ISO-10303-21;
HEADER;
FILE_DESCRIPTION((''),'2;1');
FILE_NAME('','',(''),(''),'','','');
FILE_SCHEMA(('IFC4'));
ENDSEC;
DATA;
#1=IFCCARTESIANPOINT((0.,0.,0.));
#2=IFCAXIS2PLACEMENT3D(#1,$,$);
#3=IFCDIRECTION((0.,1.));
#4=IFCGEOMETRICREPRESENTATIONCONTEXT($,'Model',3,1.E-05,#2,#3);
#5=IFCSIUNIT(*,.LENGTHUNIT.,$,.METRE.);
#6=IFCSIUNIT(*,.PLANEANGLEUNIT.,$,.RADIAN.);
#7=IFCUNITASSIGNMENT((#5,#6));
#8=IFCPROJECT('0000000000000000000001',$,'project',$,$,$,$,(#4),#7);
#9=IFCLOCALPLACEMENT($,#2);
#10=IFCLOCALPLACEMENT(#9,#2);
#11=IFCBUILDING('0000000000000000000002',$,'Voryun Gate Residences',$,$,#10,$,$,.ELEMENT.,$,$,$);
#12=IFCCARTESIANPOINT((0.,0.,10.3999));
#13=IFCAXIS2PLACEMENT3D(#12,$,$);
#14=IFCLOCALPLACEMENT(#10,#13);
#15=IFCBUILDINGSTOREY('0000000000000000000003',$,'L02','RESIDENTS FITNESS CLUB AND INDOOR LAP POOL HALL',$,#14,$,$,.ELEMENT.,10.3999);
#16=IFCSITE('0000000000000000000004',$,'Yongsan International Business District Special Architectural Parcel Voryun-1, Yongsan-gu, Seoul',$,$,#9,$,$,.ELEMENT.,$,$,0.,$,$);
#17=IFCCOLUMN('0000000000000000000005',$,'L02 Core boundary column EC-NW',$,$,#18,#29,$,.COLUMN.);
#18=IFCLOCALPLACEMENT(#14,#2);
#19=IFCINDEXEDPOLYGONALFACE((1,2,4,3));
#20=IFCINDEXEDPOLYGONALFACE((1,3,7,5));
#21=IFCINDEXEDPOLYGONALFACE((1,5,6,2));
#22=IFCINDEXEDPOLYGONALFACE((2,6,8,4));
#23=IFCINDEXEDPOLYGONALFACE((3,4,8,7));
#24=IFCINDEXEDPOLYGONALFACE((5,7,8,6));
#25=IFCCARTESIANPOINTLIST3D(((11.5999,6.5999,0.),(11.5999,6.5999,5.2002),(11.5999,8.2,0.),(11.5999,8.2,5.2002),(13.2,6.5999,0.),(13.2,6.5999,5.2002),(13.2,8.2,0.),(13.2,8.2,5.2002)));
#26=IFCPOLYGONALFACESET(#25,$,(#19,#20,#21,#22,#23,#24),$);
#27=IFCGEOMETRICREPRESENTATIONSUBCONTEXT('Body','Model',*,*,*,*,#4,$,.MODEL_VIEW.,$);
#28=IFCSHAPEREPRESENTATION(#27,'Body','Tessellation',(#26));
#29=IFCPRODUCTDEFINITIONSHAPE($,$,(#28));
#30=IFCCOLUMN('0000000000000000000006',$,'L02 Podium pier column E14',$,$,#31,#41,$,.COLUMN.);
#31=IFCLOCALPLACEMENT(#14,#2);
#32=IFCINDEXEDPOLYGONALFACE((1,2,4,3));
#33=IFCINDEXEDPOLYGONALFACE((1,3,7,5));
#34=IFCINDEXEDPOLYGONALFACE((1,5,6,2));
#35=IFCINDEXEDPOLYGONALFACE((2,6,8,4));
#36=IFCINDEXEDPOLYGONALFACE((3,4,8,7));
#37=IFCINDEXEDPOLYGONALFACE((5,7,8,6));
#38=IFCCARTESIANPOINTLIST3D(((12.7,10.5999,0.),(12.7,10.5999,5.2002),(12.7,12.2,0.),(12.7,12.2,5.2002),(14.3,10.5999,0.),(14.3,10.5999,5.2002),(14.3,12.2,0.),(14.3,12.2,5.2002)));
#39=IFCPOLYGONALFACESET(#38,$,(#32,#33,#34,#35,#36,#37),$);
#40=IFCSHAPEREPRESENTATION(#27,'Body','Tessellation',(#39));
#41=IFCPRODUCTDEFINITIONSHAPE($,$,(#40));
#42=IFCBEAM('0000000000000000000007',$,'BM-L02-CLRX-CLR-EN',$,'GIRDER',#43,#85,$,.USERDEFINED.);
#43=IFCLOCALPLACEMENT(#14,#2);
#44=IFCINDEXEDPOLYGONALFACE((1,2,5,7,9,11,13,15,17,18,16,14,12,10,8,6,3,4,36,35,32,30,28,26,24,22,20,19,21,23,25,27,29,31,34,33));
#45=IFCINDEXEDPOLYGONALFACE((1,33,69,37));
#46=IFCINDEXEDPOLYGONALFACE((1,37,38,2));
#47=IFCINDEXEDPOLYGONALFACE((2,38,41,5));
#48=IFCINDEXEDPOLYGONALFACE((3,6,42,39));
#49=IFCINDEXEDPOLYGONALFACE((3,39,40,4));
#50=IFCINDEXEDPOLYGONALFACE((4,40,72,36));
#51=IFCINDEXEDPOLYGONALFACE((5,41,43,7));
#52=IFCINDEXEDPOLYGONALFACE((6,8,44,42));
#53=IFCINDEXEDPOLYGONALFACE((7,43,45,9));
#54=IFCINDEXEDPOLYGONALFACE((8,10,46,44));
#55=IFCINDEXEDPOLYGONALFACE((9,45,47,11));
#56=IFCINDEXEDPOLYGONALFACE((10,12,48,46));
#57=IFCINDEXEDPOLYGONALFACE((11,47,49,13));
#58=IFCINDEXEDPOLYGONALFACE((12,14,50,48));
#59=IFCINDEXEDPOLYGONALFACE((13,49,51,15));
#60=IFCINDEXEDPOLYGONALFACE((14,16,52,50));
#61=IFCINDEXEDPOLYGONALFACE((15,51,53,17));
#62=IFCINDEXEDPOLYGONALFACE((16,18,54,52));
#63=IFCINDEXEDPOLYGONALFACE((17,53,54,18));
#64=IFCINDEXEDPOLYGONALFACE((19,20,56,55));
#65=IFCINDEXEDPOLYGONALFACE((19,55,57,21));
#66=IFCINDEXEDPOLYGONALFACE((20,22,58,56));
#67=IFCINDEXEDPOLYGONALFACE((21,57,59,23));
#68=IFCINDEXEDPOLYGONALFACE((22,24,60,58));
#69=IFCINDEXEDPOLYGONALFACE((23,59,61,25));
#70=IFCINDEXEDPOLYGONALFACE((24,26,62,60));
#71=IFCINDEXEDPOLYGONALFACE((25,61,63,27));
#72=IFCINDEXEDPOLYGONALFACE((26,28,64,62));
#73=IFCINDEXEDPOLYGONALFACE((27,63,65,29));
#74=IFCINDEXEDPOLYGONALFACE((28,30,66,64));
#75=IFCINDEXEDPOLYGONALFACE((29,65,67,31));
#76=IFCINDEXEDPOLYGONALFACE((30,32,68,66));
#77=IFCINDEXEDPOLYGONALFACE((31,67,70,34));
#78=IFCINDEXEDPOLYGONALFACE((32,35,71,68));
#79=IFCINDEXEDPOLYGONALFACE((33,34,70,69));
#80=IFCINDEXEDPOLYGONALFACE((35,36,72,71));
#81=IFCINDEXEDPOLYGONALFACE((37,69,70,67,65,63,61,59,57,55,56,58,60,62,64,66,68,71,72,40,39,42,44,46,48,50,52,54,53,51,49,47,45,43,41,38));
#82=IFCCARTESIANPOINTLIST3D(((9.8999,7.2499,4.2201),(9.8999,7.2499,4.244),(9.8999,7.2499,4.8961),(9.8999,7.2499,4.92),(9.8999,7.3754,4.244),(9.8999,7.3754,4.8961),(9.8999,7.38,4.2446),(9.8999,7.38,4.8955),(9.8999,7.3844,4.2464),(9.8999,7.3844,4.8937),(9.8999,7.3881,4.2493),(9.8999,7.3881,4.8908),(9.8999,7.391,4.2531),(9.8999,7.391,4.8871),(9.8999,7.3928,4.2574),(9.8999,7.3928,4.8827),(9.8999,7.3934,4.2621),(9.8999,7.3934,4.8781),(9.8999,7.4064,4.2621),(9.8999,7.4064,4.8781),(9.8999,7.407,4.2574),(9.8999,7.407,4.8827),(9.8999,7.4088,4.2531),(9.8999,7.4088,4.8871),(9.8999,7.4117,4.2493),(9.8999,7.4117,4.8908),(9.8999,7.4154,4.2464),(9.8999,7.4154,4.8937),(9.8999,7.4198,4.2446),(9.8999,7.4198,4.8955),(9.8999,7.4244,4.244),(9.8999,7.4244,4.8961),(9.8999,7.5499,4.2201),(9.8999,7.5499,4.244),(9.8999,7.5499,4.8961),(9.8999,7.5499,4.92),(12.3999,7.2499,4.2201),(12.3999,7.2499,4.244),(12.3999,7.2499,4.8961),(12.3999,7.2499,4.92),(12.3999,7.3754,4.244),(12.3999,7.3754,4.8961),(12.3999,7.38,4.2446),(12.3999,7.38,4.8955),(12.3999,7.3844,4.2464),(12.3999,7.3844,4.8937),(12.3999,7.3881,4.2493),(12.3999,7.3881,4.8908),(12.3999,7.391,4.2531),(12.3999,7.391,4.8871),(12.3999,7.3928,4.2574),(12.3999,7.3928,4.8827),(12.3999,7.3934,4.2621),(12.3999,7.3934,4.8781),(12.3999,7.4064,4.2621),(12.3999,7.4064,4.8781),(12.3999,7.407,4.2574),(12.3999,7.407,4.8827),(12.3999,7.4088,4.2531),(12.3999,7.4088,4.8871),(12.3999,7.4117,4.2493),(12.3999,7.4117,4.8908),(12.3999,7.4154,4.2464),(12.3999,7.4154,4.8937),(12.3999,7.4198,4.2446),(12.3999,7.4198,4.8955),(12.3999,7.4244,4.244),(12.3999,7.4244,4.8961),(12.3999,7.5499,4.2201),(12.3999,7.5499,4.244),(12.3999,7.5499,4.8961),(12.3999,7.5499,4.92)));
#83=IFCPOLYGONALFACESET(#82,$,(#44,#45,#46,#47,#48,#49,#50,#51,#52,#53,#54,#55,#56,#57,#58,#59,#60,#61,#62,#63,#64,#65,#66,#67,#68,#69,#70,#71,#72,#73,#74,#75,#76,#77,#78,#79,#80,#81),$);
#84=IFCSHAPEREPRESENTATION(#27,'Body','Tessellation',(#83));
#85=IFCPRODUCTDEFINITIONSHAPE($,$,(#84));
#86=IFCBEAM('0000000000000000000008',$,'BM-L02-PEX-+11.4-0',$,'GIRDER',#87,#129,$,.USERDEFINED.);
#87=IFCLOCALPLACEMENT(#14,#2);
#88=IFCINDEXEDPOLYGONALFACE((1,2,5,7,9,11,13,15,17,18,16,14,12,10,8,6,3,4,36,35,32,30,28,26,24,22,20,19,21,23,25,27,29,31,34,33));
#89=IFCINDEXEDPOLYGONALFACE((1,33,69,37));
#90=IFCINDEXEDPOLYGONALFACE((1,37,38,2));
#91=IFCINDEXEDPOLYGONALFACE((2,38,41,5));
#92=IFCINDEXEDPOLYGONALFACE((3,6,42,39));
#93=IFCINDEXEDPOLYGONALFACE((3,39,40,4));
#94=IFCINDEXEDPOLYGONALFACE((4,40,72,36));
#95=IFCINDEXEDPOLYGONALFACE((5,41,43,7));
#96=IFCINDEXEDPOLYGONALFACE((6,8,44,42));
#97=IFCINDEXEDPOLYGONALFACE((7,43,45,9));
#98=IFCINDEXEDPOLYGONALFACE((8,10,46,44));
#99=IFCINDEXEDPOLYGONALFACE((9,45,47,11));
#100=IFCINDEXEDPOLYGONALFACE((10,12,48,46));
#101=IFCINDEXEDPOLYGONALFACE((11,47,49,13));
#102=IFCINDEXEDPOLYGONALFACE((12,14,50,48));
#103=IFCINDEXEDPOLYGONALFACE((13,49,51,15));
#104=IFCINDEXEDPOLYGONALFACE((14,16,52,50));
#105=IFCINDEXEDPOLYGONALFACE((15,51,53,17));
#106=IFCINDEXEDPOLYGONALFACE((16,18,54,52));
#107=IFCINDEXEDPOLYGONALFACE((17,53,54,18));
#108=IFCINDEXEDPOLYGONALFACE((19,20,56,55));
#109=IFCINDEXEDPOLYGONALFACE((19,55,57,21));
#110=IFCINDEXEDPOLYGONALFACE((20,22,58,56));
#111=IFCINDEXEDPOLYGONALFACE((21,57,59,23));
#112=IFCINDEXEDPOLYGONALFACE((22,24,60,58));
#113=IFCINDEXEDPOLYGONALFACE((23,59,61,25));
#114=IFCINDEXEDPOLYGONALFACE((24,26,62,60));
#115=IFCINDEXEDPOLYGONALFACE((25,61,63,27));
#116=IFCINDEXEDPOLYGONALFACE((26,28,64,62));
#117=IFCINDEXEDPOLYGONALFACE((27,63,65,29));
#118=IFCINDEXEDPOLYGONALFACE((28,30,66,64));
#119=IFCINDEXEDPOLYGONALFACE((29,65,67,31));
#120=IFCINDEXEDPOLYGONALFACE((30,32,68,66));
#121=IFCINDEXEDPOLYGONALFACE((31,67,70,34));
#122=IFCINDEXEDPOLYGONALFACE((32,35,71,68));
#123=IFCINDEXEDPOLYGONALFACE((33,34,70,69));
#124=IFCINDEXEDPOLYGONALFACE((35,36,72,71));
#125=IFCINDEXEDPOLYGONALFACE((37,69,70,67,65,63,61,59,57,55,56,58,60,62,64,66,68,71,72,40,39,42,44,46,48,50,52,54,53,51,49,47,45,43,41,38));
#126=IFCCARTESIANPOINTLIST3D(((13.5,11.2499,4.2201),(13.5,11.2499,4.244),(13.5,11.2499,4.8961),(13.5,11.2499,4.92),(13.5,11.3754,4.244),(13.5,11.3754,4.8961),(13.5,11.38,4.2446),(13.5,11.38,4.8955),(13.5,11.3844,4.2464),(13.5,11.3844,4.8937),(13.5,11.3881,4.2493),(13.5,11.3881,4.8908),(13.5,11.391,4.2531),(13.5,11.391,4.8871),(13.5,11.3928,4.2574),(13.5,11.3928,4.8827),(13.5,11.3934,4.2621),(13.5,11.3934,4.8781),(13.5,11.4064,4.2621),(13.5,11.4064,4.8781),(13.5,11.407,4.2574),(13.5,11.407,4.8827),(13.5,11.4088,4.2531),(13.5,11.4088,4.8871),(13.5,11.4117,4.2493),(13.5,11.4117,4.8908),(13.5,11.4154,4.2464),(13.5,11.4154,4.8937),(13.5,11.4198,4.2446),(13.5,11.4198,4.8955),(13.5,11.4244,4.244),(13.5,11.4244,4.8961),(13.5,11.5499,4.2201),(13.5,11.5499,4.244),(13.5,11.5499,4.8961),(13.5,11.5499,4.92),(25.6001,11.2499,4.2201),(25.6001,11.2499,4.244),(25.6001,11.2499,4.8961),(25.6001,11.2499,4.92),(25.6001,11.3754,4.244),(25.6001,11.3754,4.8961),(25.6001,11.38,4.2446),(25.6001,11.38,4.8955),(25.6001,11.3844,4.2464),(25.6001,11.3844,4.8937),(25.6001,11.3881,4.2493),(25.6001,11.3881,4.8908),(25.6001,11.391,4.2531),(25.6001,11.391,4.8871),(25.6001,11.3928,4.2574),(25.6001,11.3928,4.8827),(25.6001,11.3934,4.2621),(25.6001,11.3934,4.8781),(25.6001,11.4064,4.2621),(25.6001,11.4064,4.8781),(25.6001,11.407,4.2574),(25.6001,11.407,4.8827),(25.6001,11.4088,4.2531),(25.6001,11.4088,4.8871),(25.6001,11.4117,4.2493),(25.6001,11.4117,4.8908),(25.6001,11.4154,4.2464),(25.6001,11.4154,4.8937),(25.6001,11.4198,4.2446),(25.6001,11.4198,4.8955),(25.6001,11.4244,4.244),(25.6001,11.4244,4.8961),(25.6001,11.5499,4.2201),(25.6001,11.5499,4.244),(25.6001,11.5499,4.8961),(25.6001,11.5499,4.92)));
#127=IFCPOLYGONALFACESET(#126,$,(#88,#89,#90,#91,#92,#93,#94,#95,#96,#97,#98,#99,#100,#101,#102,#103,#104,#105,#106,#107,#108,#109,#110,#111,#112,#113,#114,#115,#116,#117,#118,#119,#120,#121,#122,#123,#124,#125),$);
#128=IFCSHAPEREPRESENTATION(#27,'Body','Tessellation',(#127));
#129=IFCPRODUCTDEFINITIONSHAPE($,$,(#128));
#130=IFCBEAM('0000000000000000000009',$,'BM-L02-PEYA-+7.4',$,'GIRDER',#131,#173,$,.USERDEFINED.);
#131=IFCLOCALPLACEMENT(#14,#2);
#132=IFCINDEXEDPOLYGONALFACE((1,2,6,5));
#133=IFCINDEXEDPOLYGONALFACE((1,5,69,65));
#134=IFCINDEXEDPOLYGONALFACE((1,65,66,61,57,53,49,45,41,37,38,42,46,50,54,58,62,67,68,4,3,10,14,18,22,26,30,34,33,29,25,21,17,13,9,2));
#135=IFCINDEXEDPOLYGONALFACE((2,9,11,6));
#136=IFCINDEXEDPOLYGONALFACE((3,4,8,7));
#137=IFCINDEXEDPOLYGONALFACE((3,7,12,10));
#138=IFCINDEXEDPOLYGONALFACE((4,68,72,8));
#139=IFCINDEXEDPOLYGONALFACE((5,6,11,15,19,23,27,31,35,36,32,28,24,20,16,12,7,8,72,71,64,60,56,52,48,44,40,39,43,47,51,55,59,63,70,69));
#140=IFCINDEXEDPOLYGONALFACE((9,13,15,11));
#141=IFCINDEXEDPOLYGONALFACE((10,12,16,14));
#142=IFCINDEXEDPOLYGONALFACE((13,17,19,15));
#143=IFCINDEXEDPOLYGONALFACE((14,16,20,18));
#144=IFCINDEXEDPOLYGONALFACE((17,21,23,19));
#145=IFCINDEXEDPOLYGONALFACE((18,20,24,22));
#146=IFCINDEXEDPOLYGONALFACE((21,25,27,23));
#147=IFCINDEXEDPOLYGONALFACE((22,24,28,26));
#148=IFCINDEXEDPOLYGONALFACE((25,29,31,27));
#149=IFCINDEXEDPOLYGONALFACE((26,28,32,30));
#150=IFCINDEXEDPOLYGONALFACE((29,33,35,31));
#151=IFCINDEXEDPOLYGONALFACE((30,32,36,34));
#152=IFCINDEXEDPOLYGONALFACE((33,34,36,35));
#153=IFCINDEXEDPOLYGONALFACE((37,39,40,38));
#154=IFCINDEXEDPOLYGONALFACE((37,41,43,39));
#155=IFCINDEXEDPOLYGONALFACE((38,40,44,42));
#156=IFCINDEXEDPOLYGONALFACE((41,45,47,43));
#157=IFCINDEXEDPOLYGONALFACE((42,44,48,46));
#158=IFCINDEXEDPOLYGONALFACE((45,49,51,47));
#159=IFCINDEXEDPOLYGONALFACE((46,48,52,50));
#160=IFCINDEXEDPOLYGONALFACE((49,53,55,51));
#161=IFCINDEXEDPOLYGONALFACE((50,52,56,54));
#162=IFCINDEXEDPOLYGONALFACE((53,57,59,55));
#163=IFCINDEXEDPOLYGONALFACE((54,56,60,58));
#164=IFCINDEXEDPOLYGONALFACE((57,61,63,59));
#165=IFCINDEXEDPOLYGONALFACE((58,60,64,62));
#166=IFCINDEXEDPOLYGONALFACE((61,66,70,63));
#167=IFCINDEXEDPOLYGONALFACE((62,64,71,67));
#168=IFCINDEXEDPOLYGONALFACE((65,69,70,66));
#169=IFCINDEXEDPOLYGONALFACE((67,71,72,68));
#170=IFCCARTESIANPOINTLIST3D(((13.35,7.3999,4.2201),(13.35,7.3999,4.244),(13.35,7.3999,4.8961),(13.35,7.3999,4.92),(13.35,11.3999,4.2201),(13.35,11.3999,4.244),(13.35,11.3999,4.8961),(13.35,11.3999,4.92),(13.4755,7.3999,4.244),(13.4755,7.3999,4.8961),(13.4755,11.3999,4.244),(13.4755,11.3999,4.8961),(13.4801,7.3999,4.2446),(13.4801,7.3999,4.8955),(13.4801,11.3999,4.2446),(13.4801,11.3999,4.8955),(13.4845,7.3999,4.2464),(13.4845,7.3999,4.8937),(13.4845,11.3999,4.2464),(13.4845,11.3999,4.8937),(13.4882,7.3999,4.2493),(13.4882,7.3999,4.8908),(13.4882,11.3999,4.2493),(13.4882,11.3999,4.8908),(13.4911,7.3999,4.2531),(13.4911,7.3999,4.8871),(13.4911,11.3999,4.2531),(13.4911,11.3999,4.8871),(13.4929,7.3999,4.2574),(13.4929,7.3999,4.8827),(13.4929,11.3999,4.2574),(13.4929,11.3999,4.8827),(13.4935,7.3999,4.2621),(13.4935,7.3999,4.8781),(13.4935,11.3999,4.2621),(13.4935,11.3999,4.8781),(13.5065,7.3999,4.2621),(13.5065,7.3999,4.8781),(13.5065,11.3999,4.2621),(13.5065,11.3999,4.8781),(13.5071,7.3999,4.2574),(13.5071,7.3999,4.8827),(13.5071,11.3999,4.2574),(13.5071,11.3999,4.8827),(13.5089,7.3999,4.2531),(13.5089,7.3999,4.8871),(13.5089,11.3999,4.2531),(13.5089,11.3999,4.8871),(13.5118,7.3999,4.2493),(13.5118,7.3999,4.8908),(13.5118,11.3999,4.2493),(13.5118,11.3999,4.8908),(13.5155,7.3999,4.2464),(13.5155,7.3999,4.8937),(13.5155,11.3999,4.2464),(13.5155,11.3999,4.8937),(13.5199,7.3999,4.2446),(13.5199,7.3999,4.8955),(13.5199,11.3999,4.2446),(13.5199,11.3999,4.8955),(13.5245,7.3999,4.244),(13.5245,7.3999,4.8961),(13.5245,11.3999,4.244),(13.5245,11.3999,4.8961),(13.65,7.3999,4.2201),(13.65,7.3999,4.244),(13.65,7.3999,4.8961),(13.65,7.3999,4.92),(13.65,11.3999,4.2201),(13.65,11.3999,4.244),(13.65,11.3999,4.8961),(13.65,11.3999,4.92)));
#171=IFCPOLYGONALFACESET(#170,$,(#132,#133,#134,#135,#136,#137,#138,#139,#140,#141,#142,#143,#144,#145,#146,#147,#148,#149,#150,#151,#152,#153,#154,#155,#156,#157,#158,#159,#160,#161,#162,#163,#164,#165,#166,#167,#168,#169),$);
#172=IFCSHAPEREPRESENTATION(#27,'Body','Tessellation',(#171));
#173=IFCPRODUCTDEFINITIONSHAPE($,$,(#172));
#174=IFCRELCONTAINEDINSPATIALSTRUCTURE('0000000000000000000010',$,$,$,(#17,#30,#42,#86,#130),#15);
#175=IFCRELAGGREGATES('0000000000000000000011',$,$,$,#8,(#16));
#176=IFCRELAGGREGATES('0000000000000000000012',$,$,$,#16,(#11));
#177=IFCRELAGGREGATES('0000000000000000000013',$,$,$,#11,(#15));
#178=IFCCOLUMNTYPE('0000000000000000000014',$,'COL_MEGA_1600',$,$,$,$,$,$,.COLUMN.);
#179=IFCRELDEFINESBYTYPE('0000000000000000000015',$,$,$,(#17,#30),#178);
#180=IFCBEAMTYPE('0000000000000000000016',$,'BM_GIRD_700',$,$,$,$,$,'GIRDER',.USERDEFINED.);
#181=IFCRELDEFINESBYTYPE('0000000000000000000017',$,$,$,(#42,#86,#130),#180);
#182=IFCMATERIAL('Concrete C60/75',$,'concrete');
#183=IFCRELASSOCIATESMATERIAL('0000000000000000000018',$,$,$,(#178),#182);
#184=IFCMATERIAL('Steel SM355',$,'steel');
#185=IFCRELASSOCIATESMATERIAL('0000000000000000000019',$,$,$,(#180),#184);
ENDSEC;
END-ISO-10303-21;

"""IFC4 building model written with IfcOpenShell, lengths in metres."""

from ifc_helpers import new_model, si_unit, direction, frame, origin, origin_2d, place, context, subcontext, project, spatial, rectangle, i_section, extrude, material, material_profile, profile_set, type_object, element, save


model = new_model("IFC4")

# Units and contexts
model_context = context("Model", 3, precision=1e-05, world=origin(), true_north=direction((0.0, 1.0)))
body_context = subcontext(model_context, "Body", "Model", "MODEL_VIEW")
ifc_project = project(units=[si_unit("LENGTHUNIT", "METRE"), si_unit("PLANEANGLEUNIT", "RADIAN")], contexts=[model_context])

# Site, building, storey
site_placement = place(None, origin())
site = spatial("IfcSite", under=ifc_project, at=site_placement, Name="Yongsan International Business District Special Architectural Parcel Voryun-1, Yongsan-gu, Seoul", CompositionType="ELEMENT", RefElevation=0.0)
building_placement = place(site_placement, origin())
building = spatial("IfcBuilding", under=site, at=building_placement, Name="Voryun Gate Residences", CompositionType="ELEMENT")
storey_placement = place(building_placement, frame((0.0, 0.0, 10.3999)))
storey = spatial("IfcBuildingStorey", under=building, at=storey_placement, Name="L02", Description="RESIDENTS FITNESS CLUB AND INDOOR LAP POOL HALL", CompositionType="ELEMENT", Elevation=10.3999)

# Columns
ifc_material_1 = material(Name="Concrete C60/75", Category="concrete")
ifc_material_profile_1 = material_profile(ifc_material_1, rectangle(XDim=1.6001, YDim=1.6001, at=origin_2d()), Name="RC-1600x1600")
ifc_profile_set_1 = profile_set([ifc_material_profile_1], Name="Concrete C60/75")
column_type = type_object("IfcColumnType", Name="COL_MEGA_1600", PredefinedType="COLUMN", material=ifc_profile_set_1)
for number, where, z_axis, x_axis, name in (
    (1, (12.3999, 7.3999, 0.0), (0.0, 0.0, 1.0), (1.0, 0.0, 0.0), "L02 Core boundary column EC-NW"),
    (2, (13.5, 11.3999, 0.0), (0.0, 0.0, 1.0), (1.0, 0.0, 0.0), "L02 Podium pier column E14"),
):
    element("IfcColumn", number, at=place(storey_placement, frame(where, z_axis=z_axis, x_axis=x_axis)), inside=storey, type_object=column_type, Name=name, PredefinedType="COLUMN", context=body_context, shape_type="SweptSolid", body=[
        extrude(rectangle(XDim=1.6001, YDim=1.6001, at=origin_2d()), origin(), (0.0, 0.0, 1.0), 5.2002),
    ])

# Beams
ifc_material_2 = material(Name="Steel SM355", Category="steel")
ifc_material_profile_2 = material_profile(ifc_material_2, i_section(OverallWidth=0.3, OverallDepth=0.7, WebThickness=0.0129, FlangeThickness=0.0239, FilletRadius=0.0181, at=origin_2d()), Name="H-700x300x13x24")
ifc_profile_set_2 = profile_set([ifc_material_profile_2], Name="Steel SM355")
beam_type = type_object("IfcBeamType", Name="BM_GIRD_700", ElementType="GIRDER", PredefinedType="USERDEFINED", material=ifc_profile_set_2)
beam_1_placement = place(storey_placement, frame((12.3999, 7.3999, 4.5701), z_axis=(-1.0, 0.0, 0.0), x_axis=(0.0, -1.0, 0.0)))
element("IfcBeam", 3, at=beam_1_placement, inside=storey, type_object=beam_type, Name="BM-L02-CLRX-CLR-EN", ObjectType="GIRDER", PredefinedType="USERDEFINED", context=body_context, shape_type="SweptSolid", body=[
    extrude(i_section(OverallWidth=0.3, OverallDepth=0.7, WebThickness=0.0129, FlangeThickness=0.0239, FilletRadius=0.0181, at=origin_2d()), origin(), (0.0, 0.0, 1.0), 2.5),
])
beam_2_placement = place(storey_placement, frame((13.5, 11.3999, 4.5701), z_axis=(1.0, 0.0, 0.0), x_axis=(0.0, 1.0, 0.0)))
element("IfcBeam", 4, at=beam_2_placement, inside=storey, type_object=beam_type, Name="BM-L02-PEX-+11.4-0", ObjectType="GIRDER", PredefinedType="USERDEFINED", context=body_context, shape_type="SweptSolid", body=[
    extrude(i_section(OverallWidth=0.3, OverallDepth=0.7, WebThickness=0.0129, FlangeThickness=0.0239, FilletRadius=0.0181, at=origin_2d()), origin(), (0.0, 0.0, 1.0), 12.1001),
])
beam_3_placement = place(storey_placement, frame((13.5, 7.3999, 4.5701), z_axis=(0.0, 1.0, 0.0), x_axis=(-1.0, 0.0, 0.0)))
element("IfcBeam", 5, at=beam_3_placement, inside=storey, type_object=beam_type, Name="BM-L02-PEYA-+7.4", ObjectType="GIRDER", PredefinedType="USERDEFINED", context=body_context, shape_type="SweptSolid", body=[
    extrude(i_section(OverallWidth=0.3, OverallDepth=0.7, WebThickness=0.0129, FlangeThickness=0.0239, FilletRadius=0.0181, at=origin_2d()), origin(), (0.0, 0.0, 1.0), 4.0),
])

save(model, "model.ifc")
